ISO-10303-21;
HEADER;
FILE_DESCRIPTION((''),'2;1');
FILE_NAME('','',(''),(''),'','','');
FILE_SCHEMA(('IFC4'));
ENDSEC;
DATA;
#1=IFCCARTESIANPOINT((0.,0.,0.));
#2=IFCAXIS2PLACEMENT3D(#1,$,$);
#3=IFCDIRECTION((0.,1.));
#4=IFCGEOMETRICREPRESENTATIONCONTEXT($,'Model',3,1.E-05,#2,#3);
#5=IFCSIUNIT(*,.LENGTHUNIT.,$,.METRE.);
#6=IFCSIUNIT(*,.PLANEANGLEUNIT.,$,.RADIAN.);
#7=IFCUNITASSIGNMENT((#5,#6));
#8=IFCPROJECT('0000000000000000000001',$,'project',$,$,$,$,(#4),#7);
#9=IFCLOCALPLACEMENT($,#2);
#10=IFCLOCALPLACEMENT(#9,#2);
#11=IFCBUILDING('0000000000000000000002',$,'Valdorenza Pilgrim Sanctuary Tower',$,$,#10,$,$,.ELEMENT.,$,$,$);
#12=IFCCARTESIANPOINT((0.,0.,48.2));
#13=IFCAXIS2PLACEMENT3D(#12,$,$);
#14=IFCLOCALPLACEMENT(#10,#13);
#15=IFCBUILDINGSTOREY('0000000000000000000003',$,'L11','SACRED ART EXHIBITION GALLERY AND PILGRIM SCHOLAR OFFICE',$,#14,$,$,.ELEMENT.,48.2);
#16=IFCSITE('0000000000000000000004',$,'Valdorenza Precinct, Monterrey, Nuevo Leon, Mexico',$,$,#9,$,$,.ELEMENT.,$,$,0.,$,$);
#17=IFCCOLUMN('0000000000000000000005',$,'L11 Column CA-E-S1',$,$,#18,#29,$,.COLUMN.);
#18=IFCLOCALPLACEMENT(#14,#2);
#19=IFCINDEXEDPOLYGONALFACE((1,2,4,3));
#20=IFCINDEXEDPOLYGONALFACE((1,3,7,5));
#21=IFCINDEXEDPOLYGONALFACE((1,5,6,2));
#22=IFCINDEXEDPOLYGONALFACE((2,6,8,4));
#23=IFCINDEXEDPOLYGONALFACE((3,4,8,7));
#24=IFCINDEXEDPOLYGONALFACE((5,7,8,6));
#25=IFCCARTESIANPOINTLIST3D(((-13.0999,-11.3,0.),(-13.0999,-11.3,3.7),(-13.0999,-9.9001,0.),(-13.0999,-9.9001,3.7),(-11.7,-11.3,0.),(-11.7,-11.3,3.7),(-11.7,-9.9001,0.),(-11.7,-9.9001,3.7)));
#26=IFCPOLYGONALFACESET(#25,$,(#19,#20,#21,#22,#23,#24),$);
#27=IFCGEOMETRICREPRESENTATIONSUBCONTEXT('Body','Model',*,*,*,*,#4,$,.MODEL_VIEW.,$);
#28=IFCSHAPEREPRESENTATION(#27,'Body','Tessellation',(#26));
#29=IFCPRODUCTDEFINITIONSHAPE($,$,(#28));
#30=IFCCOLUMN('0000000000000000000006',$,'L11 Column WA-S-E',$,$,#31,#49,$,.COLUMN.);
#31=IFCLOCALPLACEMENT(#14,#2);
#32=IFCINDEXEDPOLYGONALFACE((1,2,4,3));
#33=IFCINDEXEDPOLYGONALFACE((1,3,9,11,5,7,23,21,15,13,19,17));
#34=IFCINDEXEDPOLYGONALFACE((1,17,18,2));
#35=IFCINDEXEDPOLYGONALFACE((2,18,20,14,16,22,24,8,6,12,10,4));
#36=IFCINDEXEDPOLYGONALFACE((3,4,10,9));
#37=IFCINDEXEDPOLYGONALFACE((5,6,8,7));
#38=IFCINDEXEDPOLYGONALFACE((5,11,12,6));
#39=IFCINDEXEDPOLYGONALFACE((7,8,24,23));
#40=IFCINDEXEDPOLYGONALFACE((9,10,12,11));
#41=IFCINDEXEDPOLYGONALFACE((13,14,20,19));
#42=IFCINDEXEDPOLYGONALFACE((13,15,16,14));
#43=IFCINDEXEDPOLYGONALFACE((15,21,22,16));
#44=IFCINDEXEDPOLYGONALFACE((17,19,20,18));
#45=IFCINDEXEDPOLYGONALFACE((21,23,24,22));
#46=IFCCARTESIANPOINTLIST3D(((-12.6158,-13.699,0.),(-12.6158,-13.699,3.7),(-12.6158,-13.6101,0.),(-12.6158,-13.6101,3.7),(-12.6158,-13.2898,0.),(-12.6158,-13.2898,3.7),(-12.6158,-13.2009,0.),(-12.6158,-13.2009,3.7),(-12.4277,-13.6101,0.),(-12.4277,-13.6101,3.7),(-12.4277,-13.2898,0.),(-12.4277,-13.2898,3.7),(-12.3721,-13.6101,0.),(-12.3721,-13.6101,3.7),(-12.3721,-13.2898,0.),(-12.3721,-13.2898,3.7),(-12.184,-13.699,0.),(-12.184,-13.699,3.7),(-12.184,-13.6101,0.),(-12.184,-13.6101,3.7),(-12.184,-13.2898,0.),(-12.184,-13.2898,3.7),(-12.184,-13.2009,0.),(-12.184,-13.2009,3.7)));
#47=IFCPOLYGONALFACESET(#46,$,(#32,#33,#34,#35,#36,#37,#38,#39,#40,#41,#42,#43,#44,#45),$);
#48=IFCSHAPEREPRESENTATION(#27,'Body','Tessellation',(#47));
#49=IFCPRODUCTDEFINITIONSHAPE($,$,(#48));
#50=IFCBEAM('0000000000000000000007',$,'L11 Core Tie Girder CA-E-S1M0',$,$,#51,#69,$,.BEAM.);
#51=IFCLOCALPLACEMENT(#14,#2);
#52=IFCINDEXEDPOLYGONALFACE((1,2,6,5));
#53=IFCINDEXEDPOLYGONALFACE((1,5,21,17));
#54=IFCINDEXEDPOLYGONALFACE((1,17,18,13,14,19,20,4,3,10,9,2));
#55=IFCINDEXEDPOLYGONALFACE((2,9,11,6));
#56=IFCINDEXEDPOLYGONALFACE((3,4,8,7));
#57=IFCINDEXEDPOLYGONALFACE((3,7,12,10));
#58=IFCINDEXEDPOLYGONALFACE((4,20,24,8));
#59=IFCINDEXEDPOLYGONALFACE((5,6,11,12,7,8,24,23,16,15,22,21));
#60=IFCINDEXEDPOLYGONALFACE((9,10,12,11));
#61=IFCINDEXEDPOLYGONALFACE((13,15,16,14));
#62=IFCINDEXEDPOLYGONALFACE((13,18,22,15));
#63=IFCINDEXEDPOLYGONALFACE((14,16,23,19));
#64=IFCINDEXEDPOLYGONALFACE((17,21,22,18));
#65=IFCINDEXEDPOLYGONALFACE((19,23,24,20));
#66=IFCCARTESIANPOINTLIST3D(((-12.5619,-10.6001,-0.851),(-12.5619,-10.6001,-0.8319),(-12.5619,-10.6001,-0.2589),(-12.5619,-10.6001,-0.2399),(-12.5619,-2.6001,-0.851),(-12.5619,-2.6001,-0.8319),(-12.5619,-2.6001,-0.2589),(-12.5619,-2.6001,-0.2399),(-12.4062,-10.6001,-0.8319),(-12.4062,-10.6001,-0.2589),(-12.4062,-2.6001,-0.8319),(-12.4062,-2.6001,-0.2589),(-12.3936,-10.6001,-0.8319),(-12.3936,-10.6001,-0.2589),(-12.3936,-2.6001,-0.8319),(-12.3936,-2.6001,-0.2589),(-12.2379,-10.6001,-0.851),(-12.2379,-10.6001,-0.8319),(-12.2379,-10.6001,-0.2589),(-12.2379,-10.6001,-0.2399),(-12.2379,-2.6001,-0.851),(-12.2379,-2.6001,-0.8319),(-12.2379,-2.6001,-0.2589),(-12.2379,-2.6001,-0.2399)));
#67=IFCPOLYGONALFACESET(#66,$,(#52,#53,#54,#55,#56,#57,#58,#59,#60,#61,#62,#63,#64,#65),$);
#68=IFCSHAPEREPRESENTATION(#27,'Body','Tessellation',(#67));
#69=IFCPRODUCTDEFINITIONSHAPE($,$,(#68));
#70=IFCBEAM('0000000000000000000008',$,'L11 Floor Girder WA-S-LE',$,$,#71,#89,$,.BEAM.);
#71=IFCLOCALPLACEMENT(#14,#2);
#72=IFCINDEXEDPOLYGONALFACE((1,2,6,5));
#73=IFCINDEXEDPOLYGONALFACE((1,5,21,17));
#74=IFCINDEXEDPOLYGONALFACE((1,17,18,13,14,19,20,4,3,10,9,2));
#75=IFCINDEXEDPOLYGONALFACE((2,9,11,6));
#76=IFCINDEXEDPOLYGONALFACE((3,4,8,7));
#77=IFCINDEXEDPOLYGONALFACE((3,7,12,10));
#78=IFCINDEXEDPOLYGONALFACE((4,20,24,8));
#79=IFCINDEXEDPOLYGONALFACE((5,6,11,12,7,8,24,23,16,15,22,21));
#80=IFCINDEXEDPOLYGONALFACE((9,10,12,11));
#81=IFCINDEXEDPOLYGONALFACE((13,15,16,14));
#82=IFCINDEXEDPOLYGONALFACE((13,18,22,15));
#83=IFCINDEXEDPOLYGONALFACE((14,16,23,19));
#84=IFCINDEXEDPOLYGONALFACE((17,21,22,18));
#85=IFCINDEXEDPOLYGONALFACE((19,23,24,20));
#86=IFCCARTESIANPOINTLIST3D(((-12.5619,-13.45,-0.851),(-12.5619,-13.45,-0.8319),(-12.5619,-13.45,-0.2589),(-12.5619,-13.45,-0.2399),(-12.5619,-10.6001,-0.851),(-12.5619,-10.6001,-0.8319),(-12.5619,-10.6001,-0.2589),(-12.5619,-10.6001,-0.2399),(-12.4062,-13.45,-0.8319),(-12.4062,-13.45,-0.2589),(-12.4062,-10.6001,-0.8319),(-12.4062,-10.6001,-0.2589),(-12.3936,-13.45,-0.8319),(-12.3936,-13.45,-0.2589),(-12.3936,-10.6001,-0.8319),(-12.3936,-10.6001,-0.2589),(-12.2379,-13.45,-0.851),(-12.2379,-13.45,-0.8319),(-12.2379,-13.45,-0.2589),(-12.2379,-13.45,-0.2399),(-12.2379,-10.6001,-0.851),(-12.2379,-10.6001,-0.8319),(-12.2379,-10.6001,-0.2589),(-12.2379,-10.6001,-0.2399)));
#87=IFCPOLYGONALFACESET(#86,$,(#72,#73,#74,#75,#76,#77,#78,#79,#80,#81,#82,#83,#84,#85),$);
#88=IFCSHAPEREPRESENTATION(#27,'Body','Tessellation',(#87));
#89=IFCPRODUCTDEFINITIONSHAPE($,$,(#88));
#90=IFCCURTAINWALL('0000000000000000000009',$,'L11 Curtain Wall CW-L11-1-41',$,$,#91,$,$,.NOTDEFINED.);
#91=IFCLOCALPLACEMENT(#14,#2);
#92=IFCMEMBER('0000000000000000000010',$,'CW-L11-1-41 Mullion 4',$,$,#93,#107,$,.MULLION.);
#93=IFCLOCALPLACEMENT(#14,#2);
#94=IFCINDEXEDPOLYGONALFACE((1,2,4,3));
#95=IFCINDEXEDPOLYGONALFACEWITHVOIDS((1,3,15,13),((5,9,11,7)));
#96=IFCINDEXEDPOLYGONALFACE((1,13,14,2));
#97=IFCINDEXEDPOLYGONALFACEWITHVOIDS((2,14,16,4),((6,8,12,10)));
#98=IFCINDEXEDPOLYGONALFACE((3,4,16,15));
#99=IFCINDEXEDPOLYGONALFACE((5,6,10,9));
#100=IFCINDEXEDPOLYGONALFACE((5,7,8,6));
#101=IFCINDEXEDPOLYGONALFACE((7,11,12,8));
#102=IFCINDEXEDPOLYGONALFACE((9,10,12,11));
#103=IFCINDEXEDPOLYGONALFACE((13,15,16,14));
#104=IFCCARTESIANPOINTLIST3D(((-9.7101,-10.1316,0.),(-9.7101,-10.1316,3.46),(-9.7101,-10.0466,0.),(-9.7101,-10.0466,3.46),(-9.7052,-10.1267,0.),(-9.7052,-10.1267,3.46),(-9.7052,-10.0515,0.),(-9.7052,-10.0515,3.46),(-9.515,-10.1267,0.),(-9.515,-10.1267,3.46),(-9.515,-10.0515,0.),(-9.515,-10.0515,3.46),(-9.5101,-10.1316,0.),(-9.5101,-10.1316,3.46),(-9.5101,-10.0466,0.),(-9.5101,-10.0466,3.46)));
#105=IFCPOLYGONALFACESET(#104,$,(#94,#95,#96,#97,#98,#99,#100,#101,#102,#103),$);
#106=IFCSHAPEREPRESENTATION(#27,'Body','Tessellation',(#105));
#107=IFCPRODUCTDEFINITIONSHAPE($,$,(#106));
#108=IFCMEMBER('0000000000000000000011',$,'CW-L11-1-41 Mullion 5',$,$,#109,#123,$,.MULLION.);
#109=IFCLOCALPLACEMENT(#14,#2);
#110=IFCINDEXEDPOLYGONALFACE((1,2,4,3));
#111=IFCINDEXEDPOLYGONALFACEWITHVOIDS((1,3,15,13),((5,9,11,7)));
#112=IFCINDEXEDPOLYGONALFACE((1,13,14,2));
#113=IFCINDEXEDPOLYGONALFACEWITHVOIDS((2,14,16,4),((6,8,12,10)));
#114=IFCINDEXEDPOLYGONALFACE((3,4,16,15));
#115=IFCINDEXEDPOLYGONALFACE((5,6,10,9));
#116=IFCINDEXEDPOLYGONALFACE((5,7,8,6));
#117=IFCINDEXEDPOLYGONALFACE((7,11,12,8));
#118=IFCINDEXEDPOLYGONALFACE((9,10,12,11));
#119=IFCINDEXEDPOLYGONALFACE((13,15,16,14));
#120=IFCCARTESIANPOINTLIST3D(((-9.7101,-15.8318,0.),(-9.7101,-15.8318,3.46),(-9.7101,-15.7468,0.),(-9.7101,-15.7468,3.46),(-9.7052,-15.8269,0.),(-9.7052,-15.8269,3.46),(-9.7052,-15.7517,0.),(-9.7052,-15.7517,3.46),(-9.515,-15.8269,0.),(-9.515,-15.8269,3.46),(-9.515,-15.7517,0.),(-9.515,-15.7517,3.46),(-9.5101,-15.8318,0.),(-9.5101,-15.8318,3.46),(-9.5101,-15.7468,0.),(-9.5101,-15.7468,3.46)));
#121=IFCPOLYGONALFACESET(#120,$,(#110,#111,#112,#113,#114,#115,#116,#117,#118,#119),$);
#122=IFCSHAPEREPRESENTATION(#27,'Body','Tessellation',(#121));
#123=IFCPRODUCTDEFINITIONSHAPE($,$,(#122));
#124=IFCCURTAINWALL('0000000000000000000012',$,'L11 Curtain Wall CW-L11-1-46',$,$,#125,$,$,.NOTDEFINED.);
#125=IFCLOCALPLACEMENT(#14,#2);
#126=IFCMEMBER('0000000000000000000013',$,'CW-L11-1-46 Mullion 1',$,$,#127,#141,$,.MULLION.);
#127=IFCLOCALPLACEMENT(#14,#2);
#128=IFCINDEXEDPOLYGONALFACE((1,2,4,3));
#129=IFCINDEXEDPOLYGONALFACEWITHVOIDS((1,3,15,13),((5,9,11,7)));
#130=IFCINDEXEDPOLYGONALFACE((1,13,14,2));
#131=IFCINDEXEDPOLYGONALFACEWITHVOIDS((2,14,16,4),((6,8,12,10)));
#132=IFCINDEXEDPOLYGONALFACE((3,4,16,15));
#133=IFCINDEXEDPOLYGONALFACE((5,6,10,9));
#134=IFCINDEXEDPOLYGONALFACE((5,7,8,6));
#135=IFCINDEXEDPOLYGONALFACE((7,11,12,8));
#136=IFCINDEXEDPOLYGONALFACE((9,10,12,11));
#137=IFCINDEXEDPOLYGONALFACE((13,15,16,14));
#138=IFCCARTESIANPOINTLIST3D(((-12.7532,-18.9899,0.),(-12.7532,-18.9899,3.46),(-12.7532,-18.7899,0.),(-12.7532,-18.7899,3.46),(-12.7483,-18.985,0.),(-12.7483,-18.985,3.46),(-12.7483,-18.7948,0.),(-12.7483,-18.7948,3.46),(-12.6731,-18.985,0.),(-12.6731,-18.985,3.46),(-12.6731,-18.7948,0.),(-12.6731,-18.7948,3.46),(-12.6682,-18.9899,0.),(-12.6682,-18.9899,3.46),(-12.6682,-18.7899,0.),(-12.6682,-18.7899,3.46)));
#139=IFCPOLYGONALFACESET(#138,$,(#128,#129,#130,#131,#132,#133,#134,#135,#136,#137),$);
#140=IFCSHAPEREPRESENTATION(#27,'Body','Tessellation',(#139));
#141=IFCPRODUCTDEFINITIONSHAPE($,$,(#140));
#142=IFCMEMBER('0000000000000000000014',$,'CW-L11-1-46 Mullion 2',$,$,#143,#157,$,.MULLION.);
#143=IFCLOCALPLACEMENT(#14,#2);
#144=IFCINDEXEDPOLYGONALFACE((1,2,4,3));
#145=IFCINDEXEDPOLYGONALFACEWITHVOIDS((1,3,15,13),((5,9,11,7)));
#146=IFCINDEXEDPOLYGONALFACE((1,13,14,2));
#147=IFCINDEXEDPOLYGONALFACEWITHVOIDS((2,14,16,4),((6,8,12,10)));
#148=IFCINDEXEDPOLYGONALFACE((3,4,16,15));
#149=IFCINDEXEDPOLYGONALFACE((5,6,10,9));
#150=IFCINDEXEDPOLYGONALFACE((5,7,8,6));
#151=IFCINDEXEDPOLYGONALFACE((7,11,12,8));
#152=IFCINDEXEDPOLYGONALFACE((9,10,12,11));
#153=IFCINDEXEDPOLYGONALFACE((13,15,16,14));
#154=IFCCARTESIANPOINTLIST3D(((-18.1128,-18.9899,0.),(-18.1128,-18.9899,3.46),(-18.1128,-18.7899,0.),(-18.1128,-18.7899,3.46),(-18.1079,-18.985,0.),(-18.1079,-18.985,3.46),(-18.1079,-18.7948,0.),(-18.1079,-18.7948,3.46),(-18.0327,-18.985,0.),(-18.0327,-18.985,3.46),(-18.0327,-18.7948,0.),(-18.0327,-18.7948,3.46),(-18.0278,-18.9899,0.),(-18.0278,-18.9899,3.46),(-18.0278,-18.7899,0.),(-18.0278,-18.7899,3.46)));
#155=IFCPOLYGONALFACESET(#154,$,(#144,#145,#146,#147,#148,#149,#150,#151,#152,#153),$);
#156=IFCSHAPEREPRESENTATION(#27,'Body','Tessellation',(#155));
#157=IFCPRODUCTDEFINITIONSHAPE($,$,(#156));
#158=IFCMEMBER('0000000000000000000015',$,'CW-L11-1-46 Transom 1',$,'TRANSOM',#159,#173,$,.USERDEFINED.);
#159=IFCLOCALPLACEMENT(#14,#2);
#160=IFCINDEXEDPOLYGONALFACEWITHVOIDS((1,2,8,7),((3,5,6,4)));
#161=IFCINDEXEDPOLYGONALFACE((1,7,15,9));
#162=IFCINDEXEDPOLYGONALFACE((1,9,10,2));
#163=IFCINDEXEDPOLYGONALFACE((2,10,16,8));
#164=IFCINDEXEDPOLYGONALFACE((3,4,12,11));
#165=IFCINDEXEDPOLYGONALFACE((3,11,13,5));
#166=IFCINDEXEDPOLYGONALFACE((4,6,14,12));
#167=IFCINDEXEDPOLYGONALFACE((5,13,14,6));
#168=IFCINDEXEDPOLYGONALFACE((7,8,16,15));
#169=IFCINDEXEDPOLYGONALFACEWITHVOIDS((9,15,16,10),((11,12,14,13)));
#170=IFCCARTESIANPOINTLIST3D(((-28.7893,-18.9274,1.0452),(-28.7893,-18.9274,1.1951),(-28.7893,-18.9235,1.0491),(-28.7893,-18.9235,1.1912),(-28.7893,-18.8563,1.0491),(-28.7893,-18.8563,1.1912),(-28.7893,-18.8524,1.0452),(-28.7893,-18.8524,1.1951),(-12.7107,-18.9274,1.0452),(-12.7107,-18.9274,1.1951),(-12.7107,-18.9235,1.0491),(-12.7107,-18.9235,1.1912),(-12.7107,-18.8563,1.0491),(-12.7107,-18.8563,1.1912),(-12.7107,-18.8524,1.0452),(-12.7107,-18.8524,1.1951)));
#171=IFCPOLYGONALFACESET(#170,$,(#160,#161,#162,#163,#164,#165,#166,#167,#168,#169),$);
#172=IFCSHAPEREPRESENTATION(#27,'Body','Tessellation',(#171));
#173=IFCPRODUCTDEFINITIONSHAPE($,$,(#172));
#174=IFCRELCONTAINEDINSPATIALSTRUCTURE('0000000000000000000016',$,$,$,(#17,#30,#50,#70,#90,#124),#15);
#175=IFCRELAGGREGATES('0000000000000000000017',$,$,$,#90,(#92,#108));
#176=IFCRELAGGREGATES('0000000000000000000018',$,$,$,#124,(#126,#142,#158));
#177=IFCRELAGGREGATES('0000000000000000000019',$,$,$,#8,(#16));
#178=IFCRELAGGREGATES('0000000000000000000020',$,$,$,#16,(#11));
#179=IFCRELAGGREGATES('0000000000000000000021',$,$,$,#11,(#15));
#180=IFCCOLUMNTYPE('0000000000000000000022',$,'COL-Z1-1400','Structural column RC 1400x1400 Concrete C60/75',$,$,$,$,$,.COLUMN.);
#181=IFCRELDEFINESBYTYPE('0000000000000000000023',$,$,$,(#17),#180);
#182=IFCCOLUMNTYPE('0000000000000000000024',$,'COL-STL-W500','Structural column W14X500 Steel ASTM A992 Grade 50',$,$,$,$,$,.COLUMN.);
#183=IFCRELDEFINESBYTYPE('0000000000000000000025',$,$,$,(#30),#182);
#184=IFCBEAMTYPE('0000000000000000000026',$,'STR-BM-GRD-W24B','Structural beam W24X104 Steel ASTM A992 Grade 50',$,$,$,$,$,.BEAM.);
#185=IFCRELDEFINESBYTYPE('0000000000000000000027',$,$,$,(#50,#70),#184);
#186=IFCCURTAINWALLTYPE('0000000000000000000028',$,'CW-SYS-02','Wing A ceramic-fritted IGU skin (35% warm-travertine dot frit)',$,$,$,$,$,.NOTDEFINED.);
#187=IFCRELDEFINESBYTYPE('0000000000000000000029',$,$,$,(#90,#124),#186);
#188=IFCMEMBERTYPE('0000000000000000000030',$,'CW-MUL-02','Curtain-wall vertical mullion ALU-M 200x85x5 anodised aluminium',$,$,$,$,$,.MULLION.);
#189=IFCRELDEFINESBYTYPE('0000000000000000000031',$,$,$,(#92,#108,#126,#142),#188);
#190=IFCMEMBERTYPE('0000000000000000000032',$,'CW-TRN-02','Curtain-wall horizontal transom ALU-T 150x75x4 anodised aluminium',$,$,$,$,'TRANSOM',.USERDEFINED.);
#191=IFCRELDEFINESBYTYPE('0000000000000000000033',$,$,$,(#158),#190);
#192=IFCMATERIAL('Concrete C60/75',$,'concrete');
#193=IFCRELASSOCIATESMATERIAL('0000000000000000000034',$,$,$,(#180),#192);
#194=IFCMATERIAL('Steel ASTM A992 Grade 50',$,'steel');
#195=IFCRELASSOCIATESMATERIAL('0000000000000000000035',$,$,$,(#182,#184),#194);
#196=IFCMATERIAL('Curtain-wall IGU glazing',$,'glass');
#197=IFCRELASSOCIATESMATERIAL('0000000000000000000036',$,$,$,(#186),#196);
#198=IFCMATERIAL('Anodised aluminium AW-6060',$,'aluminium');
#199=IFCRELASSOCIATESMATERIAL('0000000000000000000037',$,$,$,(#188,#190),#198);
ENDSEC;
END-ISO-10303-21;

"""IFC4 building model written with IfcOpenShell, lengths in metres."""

from ifc_helpers import new_model, si_unit, direction, frame, origin, origin_2d, place, context, subcontext, project, spatial, rectangle, hollow_rectangle, i_section, extrude, source, transform, mapped, material, material_profile, profile_set, type_object, element, aggregate, save


model = new_model("IFC4")

# Units and contexts
model_context = context("Model", 3, precision=1e-05, world=origin(), true_north=direction((0.0, 1.0)))
body_context = subcontext(model_context, "Body", "Model", "MODEL_VIEW")
ifc_project = project(units=[si_unit("LENGTHUNIT", "METRE"), si_unit("PLANEANGLEUNIT", "RADIAN")], contexts=[model_context])

# Site, building, storey
site_placement = place(None, origin())
site = spatial("IfcSite", under=ifc_project, at=site_placement, Name="Valdorenza Precinct, Monterrey, Nuevo Leon, Mexico", CompositionType="ELEMENT", RefElevation=0.0)
building_placement = place(site_placement, origin())
building = spatial("IfcBuilding", under=site, at=building_placement, Name="Valdorenza Pilgrim Sanctuary Tower", CompositionType="ELEMENT")
storey_placement = place(building_placement, frame((0.0, 0.0, 48.2)))
storey = spatial("IfcBuildingStorey", under=building, at=storey_placement, Name="L11", Description="SACRED ART EXHIBITION GALLERY AND PILGRIM SCHOLAR OFFICE", CompositionType="ELEMENT", Elevation=48.2)

# Columns
ifc_material_1 = material(Name="Concrete C60/75", Category="concrete")
ifc_material_profile_1 = material_profile(ifc_material_1, rectangle(XDim=1.3999, YDim=1.3999, at=origin_2d()), Name="RC 1400x1400")
ifc_profile_set_1 = profile_set([ifc_material_profile_1], Name="Concrete C60/75")
column_type_1 = type_object("IfcColumnType", Name="COL-Z1-1400", Description="Structural column RC 1400x1400 Concrete C60/75", PredefinedType="COLUMN", material=ifc_profile_set_1)
shared_shape_1 = source(origin(), body_context, "Body", "SweptSolid", [
    extrude(rectangle(XDim=1.3999, YDim=1.3999, at=origin_2d()), origin(), (0.0, 0.0, 1.0), 3.7),
])
column_1_placement = place(storey_placement, frame((-12.3999, -10.6001, 0.0), z_axis=(0.0, 0.0, 1.0), x_axis=(1.0, 0.0, 0.0)))
element("IfcColumn", 1, at=column_1_placement, inside=storey, type_object=column_type_1, Name="L11 Column CA-E-S1", PredefinedType="COLUMN", context=body_context, shape_type="MappedRepresentation", body=[
    mapped(shared_shape_1, transform((0.0, 0.0, 0.0), x_axis=(1.0, 0.0, 0.0), y_axis=(0.0, 1.0, 0.0), z_axis=(0.0, 0.0, 1.0), scale=1.0)),
])
ifc_material_2 = material(Name="Steel ASTM A992 Grade 50", Category="steel")
ifc_material_profile_2 = material_profile(ifc_material_2, i_section(OverallWidth=0.4319, OverallDepth=0.498, WebThickness=0.0557, FlangeThickness=0.0889, at=origin_2d()), Name="W14X500")
ifc_profile_set_2 = profile_set([ifc_material_profile_2], Name="Steel ASTM A992 Grade 50")
column_type_2 = type_object("IfcColumnType", Name="COL-STL-W500", Description="Structural column W14X500 Steel ASTM A992 Grade 50", PredefinedType="COLUMN", material=ifc_profile_set_2)
shared_shape_2 = source(origin(), body_context, "Body", "SweptSolid", [
    extrude(i_section(OverallWidth=0.4319, OverallDepth=0.498, WebThickness=0.0557, FlangeThickness=0.0889, at=origin_2d()), origin(), (0.0, 0.0, 1.0), 3.7),
])
column_2_placement = place(storey_placement, frame((-12.3999, -13.45, 0.0), z_axis=(0.0, 0.0, 1.0), x_axis=(1.0, 0.0, 0.0)))
element("IfcColumn", 2, at=column_2_placement, inside=storey, type_object=column_type_2, Name="L11 Column WA-S-E", PredefinedType="COLUMN", context=body_context, shape_type="MappedRepresentation", body=[
    mapped(shared_shape_2, transform((0.0, 0.0, 0.0), x_axis=(1.0, 0.0, 0.0), y_axis=(0.0, 1.0, 0.0), z_axis=(0.0, 0.0, 1.0), scale=1.0)),
])

# Beams
ifc_material_profile_3 = material_profile(ifc_material_2, i_section(OverallWidth=0.324, OverallDepth=0.6111, WebThickness=0.0127, FlangeThickness=0.019, at=origin_2d()), Name="W24X104")
ifc_profile_set_3 = profile_set([ifc_material_profile_3], Name="Steel ASTM A992 Grade 50")
beam_type = type_object("IfcBeamType", Name="STR-BM-GRD-W24B", Description="Structural beam W24X104 Steel ASTM A992 Grade 50", PredefinedType="BEAM", material=ifc_profile_set_3)
shared_shape_3 = source(origin(), body_context, "Body", "SweptSolid", [
    extrude(i_section(OverallWidth=0.324, OverallDepth=0.6111, WebThickness=0.0127, FlangeThickness=0.019, at=origin_2d()), origin(), (0.0, 0.0, 1.0), 8.0),
])
beam_1_placement = place(storey_placement, frame((-12.3999, -10.6001, -0.5454), z_axis=(0.0, 1.0, 0.0), x_axis=(-1.0, 0.0, 0.0)))
element("IfcBeam", 3, at=beam_1_placement, inside=storey, type_object=beam_type, Name="L11 Core Tie Girder CA-E-S1M0", PredefinedType="BEAM", context=body_context, shape_type="MappedRepresentation", body=[
    mapped(shared_shape_3, transform((0.0, 0.0, 0.0), x_axis=(1.0, 0.0, 0.0), y_axis=(0.0, 1.0, 0.0), z_axis=(0.0, 0.0, 1.0), scale=1.0)),
])
shared_shape_4 = source(origin(), body_context, "Body", "SweptSolid", [
    extrude(i_section(OverallWidth=0.324, OverallDepth=0.6111, WebThickness=0.0127, FlangeThickness=0.019, at=origin_2d()), origin(), (0.0, 0.0, 1.0), 2.8499),
])
beam_2_placement = place(storey_placement, frame((-12.3999, -13.45, -0.5454), z_axis=(0.0, 1.0, 0.0), x_axis=(-1.0, 0.0, 0.0)))
element("IfcBeam", 4, at=beam_2_placement, inside=storey, type_object=beam_type, Name="L11 Floor Girder WA-S-LE", PredefinedType="BEAM", context=body_context, shape_type="MappedRepresentation", body=[
    mapped(shared_shape_4, transform((0.0, 0.0, 0.0), x_axis=(1.0, 0.0, 0.0), y_axis=(0.0, 1.0, 0.0), z_axis=(0.0, 0.0, 1.0), scale=1.0)),
])

# Curtain walls, members
ifc_material_3 = material(Name="Curtain-wall IGU glazing", Category="glass")
curtain_wall_type = type_object("IfcCurtainWallType", Name="CW-SYS-02", Description="Wing A ceramic-fritted IGU skin (35% warm-travertine dot frit)", PredefinedType="NOTDEFINED", material=ifc_material_3)
curtain_wall_1_placement = place(storey_placement, origin())
curtain_wall_1 = element("IfcCurtainWall", 5, at=curtain_wall_1_placement, inside=storey, type_object=curtain_wall_type, Name="L11 Curtain Wall CW-L11-1-41", PredefinedType="NOTDEFINED")
ifc_material_4 = material(Name="Anodised aluminium AW-6060", Category="aluminium")
ifc_material_profile_4 = material_profile(ifc_material_4, hollow_rectangle(XDim=0.085, YDim=0.2, WallThickness=0.0049, at=origin_2d()), Name="ALU-M 200x85x5")
ifc_profile_set_4 = profile_set([ifc_material_profile_4], Name="Anodised aluminium AW-6060")
member_type_1 = type_object("IfcMemberType", Name="CW-MUL-02", Description="Curtain-wall vertical mullion ALU-M 200x85x5 anodised aluminium", PredefinedType="MULLION", material=ifc_profile_set_4)
shared_shape_5 = source(origin(), body_context, "Body", "SweptSolid", [
    extrude(hollow_rectangle(XDim=0.085, YDim=0.2, WallThickness=0.0049, at=origin_2d()), origin(), (0.0, 0.0, 1.0), 3.46),
])
member_1_placement = place(storey_placement, frame((-9.6101, -10.0891, 0.0), z_axis=(0.0, 0.0, 1.0), x_axis=(0.0, -1.0, 0.0)))
member_1 = element("IfcMember", 6, at=member_1_placement, type_object=member_type_1, Name="CW-L11-1-41 Mullion 4", PredefinedType="MULLION", context=body_context, shape_type="MappedRepresentation", body=[
    mapped(shared_shape_5, transform((0.0, 0.0, 0.0), x_axis=(1.0, 0.0, 0.0), y_axis=(0.0, 1.0, 0.0), z_axis=(0.0, 0.0, 1.0), scale=1.0)),
])
member_2_placement = place(storey_placement, frame((-9.6101, -15.7893, 0.0), z_axis=(0.0, 0.0, 1.0), x_axis=(0.0, -1.0, 0.0)))
member_2 = element("IfcMember", 7, at=member_2_placement, type_object=member_type_1, Name="CW-L11-1-41 Mullion 5", PredefinedType="MULLION", context=body_context, shape_type="MappedRepresentation", body=[
    mapped(shared_shape_5, transform((0.0, 0.0, 0.0), x_axis=(1.0, 0.0, 0.0), y_axis=(0.0, 1.0, 0.0), z_axis=(0.0, 0.0, 1.0), scale=1.0)),
])
curtain_wall_2_placement = place(storey_placement, origin())
curtain_wall_2 = element("IfcCurtainWall", 8, at=curtain_wall_2_placement, inside=storey, type_object=curtain_wall_type, Name="L11 Curtain Wall CW-L11-1-46", PredefinedType="NOTDEFINED")
member_3_placement = place(storey_placement, frame((-12.7107, -18.8899, 0.0), z_axis=(0.0, 0.0, 1.0), x_axis=(-1.0, 0.0, 0.0)))
member_3 = element("IfcMember", 9, at=member_3_placement, type_object=member_type_1, Name="CW-L11-1-46 Mullion 1", PredefinedType="MULLION", context=body_context, shape_type="MappedRepresentation", body=[
    mapped(shared_shape_5, transform((0.0, 0.0, 0.0), x_axis=(1.0, 0.0, 0.0), y_axis=(0.0, 1.0, 0.0), z_axis=(0.0, 0.0, 1.0), scale=1.0)),
])
member_4_placement = place(storey_placement, frame((-18.0703, -18.8899, 0.0), z_axis=(0.0, 0.0, 1.0), x_axis=(-1.0, 0.0, 0.0)))
member_4 = element("IfcMember", 10, at=member_4_placement, type_object=member_type_1, Name="CW-L11-1-46 Mullion 2", PredefinedType="MULLION", context=body_context, shape_type="MappedRepresentation", body=[
    mapped(shared_shape_5, transform((0.0, 0.0, 0.0), x_axis=(1.0, 0.0, 0.0), y_axis=(0.0, 1.0, 0.0), z_axis=(0.0, 0.0, 1.0), scale=1.0)),
])
ifc_material_profile_5 = material_profile(ifc_material_4, hollow_rectangle(XDim=0.075, YDim=0.1499, WallThickness=0.0039, at=origin_2d()), Name="ALU-T 150x75x4")
ifc_profile_set_5 = profile_set([ifc_material_profile_5], Name="Anodised aluminium AW-6060")
member_type_2 = type_object("IfcMemberType", Name="CW-TRN-02", Description="Curtain-wall horizontal transom ALU-T 150x75x4 anodised aluminium", ElementType="TRANSOM", PredefinedType="USERDEFINED", material=ifc_profile_set_5)
shared_shape_6 = source(origin(), body_context, "Body", "SweptSolid", [
    extrude(hollow_rectangle(XDim=0.075, YDim=0.1499, WallThickness=0.0039, at=origin_2d()), origin(), (0.0, 0.0, 1.0), 16.0786),
])
member_5_placement = place(storey_placement, frame((-12.7107, -18.8899, 1.1201), z_axis=(-1.0, 0.0, 0.0), x_axis=(0.0, -1.0, 0.0)))
member_5 = element("IfcMember", 11, at=member_5_placement, type_object=member_type_2, Name="CW-L11-1-46 Transom 1", ObjectType="TRANSOM", PredefinedType="USERDEFINED", context=body_context, shape_type="MappedRepresentation", body=[
    mapped(shared_shape_6, transform((0.0, 0.0, 0.0), x_axis=(1.0, 0.0, 0.0), y_axis=(0.0, 1.0, 0.0), z_axis=(0.0, 0.0, 1.0), scale=1.0)),
])

aggregate(curtain_wall_1, [member_1, member_2])
aggregate(curtain_wall_2, [member_3, member_4, member_5])

save(model, "model.ifc")
